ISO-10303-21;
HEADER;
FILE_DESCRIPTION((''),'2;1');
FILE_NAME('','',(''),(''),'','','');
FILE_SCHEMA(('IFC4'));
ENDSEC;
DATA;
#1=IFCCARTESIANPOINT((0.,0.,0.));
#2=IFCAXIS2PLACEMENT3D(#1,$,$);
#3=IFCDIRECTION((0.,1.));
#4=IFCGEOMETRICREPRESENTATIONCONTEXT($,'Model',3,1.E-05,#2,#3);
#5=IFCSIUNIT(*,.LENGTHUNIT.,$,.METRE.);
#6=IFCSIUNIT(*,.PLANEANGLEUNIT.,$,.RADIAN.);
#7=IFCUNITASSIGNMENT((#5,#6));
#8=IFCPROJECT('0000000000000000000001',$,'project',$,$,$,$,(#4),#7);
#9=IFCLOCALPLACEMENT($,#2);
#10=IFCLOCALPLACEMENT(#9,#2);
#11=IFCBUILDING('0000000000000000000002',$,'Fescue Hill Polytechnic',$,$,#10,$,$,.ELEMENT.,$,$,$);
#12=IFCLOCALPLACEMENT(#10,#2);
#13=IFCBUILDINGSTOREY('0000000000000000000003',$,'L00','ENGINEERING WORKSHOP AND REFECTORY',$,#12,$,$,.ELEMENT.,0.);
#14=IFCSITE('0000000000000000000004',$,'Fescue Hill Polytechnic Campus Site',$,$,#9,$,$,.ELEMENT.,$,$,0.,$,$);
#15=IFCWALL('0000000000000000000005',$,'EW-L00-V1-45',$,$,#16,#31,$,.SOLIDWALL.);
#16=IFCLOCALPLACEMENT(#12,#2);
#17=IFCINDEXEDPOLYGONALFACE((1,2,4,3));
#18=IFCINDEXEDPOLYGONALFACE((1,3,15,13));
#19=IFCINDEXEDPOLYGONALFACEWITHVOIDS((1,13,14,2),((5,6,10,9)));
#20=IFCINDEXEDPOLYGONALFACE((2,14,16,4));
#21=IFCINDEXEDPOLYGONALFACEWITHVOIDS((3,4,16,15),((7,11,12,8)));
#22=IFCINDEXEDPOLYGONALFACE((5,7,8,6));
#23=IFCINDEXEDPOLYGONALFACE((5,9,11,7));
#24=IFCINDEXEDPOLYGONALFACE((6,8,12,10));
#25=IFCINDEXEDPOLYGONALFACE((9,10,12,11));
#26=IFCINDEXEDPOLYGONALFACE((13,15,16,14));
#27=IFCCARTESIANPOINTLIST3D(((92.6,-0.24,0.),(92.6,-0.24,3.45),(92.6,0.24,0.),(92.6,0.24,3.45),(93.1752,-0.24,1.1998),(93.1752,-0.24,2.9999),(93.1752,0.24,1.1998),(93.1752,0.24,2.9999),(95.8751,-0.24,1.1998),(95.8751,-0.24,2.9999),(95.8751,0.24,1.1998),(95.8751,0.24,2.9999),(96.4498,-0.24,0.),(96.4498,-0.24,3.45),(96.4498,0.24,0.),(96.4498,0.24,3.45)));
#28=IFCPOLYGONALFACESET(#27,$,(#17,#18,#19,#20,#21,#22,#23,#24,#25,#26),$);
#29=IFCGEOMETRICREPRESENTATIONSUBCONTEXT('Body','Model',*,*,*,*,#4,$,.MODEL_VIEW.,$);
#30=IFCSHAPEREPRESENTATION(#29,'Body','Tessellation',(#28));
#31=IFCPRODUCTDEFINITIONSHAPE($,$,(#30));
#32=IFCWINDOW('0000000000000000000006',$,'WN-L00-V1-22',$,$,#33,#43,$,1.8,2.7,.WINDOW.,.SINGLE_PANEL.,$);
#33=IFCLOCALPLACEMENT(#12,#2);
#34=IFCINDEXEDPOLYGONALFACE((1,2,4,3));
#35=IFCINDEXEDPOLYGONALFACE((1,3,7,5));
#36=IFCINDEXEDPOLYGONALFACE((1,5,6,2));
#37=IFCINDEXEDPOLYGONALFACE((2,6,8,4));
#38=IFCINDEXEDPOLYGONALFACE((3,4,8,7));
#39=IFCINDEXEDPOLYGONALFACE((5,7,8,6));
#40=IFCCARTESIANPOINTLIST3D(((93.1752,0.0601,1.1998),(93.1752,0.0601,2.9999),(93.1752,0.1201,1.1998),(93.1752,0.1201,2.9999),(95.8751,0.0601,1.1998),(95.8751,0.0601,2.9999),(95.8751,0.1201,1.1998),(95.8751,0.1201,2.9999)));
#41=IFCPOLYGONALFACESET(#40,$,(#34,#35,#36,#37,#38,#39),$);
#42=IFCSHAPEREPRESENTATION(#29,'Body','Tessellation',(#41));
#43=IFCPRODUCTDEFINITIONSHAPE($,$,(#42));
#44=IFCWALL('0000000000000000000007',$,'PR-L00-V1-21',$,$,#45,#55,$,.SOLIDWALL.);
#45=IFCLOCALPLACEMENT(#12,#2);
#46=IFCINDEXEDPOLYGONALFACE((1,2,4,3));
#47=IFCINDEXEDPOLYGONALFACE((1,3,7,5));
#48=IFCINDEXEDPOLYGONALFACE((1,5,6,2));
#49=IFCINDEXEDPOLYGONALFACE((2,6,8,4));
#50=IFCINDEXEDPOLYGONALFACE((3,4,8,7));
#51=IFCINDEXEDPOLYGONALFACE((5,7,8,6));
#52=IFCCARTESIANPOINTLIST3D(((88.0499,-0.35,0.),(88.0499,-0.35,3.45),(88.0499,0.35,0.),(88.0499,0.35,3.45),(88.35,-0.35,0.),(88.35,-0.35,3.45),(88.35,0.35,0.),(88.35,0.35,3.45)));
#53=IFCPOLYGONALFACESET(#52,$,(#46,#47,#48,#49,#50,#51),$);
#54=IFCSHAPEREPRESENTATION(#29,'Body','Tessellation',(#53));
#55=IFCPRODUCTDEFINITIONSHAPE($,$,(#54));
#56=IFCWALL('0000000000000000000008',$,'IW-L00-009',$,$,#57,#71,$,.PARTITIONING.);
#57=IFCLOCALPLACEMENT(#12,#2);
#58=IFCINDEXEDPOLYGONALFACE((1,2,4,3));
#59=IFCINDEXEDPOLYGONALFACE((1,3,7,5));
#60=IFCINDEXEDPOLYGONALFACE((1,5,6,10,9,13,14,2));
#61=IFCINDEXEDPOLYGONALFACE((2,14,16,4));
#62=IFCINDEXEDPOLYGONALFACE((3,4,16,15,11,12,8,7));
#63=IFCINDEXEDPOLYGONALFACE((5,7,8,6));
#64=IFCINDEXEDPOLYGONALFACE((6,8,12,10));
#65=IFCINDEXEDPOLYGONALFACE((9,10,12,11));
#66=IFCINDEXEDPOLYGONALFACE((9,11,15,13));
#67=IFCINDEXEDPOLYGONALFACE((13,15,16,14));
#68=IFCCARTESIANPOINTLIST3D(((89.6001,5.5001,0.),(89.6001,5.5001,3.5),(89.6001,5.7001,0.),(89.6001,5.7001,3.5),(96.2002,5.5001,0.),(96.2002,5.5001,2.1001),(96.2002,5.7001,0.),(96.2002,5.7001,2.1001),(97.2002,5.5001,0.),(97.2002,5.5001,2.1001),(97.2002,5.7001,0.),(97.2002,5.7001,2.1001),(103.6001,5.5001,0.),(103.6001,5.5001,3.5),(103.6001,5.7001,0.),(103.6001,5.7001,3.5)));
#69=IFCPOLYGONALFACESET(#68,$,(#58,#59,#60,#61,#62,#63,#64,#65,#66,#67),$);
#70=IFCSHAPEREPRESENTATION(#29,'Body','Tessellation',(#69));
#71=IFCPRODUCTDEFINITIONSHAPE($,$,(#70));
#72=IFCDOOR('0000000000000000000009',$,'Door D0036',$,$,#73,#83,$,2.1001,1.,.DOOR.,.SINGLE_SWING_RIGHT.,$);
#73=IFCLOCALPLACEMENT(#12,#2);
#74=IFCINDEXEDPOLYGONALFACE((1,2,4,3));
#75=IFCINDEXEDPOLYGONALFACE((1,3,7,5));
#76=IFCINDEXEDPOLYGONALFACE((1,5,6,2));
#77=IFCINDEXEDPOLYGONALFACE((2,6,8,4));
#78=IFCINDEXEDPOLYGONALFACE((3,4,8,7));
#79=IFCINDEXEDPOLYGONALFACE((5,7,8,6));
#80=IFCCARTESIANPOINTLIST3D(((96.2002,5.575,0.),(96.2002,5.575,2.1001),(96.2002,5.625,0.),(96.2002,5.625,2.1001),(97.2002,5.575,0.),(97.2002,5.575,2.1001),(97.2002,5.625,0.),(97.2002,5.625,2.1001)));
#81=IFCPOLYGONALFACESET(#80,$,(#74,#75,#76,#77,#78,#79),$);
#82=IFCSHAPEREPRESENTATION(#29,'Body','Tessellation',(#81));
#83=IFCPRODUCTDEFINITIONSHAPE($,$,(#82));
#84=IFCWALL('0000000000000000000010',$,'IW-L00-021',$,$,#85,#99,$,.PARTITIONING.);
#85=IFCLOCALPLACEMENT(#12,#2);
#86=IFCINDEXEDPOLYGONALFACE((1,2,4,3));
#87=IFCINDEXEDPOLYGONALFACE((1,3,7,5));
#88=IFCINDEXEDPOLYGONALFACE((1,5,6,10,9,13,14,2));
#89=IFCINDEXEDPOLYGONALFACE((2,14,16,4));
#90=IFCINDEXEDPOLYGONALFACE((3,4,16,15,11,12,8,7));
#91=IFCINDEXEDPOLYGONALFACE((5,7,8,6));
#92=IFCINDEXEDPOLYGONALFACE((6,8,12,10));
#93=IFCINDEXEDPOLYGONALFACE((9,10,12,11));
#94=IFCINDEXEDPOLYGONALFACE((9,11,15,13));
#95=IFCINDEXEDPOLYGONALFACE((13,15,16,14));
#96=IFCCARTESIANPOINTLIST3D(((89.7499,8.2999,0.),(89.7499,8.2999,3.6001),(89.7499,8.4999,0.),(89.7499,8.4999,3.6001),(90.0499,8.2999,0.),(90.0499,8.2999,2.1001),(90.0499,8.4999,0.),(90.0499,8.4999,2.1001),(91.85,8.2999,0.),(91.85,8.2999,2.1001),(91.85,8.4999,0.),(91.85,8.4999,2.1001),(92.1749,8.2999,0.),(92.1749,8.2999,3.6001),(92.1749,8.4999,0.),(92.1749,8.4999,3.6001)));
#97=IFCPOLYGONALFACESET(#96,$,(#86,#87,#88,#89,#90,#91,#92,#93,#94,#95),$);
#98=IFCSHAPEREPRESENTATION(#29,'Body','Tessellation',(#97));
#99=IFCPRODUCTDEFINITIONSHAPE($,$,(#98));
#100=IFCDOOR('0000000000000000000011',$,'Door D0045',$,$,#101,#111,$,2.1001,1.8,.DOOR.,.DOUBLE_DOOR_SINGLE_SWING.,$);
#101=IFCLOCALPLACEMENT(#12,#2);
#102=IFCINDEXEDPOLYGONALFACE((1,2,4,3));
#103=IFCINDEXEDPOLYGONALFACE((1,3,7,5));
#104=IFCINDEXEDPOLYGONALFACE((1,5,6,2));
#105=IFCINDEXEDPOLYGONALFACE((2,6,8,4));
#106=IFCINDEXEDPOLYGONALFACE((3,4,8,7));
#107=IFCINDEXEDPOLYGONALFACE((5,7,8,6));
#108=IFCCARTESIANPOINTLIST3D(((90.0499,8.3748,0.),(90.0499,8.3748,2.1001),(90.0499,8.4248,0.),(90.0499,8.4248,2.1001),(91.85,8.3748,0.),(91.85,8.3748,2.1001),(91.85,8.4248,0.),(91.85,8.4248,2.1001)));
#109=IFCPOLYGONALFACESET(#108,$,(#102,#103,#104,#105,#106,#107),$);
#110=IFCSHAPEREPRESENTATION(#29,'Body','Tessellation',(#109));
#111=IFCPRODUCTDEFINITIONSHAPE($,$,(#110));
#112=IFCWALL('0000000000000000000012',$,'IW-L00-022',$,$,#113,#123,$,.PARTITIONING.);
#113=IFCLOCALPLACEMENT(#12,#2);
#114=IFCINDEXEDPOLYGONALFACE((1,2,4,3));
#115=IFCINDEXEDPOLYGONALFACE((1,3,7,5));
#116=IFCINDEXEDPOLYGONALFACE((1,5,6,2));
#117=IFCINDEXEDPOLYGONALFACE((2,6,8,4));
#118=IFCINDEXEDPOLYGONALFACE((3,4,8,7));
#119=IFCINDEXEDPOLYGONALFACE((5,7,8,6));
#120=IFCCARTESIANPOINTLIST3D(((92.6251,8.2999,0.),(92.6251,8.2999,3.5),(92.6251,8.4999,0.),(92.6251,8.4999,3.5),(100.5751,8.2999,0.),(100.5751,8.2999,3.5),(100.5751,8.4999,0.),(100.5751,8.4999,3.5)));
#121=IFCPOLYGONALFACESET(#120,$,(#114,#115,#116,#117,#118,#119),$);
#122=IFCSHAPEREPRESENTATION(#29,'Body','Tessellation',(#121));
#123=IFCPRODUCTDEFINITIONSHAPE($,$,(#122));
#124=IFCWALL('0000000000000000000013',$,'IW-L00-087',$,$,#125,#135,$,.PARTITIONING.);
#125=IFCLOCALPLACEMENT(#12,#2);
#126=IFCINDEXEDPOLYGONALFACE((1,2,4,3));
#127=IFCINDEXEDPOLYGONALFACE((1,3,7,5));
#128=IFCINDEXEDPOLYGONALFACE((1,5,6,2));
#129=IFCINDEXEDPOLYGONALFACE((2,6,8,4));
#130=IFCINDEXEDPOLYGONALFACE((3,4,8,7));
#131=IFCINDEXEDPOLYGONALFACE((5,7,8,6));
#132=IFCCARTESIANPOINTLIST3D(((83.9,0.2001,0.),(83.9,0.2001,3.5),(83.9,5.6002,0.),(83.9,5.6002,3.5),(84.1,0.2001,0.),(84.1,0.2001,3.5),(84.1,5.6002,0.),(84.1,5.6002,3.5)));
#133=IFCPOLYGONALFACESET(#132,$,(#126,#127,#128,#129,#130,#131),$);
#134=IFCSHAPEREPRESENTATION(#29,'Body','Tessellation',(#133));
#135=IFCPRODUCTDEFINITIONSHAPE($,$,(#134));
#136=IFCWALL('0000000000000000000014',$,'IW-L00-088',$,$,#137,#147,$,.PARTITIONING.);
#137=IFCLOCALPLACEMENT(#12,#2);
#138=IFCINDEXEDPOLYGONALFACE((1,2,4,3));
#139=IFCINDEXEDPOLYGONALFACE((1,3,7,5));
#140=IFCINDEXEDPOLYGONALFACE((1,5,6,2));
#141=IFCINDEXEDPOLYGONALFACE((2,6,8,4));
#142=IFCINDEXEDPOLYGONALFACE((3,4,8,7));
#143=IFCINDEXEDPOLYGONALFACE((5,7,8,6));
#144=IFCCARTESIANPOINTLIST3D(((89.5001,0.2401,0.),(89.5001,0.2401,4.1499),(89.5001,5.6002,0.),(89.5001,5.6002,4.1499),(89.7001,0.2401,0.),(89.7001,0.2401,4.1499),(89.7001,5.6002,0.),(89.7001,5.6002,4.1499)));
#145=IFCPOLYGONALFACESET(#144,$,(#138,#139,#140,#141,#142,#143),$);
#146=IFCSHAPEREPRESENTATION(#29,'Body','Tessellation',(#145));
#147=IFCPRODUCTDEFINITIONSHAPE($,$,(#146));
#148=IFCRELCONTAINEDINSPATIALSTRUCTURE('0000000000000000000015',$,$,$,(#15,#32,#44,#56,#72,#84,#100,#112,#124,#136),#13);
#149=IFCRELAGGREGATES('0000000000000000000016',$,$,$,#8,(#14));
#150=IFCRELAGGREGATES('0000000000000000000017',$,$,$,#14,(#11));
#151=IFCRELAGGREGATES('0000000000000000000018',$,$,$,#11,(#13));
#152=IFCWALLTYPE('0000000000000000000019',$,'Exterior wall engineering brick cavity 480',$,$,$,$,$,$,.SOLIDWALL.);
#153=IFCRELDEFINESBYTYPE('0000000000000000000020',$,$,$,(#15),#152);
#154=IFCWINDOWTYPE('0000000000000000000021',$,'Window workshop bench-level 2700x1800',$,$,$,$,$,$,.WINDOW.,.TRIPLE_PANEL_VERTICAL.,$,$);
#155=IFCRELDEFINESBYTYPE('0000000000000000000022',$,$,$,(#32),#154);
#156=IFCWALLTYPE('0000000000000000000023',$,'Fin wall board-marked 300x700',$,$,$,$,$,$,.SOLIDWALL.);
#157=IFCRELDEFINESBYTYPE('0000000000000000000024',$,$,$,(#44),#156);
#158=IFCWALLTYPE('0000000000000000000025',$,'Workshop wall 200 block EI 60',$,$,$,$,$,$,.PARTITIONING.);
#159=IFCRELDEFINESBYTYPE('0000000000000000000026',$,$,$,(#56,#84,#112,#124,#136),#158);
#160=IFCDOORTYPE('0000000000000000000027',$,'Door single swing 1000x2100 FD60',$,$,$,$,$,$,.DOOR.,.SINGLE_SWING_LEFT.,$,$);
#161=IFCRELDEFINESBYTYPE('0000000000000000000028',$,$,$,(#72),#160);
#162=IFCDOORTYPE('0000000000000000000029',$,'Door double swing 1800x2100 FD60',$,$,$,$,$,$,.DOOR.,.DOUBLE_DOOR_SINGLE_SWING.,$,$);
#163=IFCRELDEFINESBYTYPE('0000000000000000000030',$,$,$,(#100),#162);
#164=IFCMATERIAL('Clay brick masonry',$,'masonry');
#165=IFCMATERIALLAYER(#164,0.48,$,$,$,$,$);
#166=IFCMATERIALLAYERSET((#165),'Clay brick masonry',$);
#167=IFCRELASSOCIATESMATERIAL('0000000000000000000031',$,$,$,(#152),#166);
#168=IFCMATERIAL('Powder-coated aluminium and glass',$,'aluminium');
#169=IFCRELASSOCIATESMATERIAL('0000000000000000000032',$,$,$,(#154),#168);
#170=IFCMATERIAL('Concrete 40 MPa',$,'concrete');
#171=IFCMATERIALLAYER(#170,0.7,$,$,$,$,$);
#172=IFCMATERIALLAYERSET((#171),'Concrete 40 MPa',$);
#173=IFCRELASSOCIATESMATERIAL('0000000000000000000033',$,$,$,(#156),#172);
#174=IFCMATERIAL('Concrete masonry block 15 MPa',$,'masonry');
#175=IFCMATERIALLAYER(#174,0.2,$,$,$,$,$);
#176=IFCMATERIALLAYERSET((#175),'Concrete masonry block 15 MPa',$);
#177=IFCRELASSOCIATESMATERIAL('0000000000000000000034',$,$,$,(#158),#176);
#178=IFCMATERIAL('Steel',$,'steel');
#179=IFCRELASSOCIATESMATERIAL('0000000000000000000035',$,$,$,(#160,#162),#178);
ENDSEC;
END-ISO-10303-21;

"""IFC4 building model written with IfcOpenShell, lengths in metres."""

from ifc_helpers import new_model, si_unit, direction, frame, frame_2d, origin, place, context, subcontext, project, spatial, rectangle, extrude, material, layer, layer_set, type_object, element, fill, save


model = new_model("IFC4")

# Units and contexts
model_context = context("Model", 3, precision=1e-05, world=origin(), true_north=direction((0.0, 1.0)))
body_context = subcontext(model_context, "Body", "Model", "MODEL_VIEW")
ifc_project = project(units=[si_unit("LENGTHUNIT", "METRE"), si_unit("PLANEANGLEUNIT", "RADIAN")], contexts=[model_context])

# Site, building, storey
site_placement = place(None, origin())
site = spatial("IfcSite", under=ifc_project, at=site_placement, Name="Fescue Hill Polytechnic Campus Site", CompositionType="ELEMENT", RefElevation=0.0)
building_placement = place(site_placement, origin())
building = spatial("IfcBuilding", under=site, at=building_placement, Name="Fescue Hill Polytechnic", CompositionType="ELEMENT")
storey_placement = place(building_placement, origin())
storey = spatial("IfcBuildingStorey", under=building, at=storey_placement, Name="L00", Description="ENGINEERING WORKSHOP AND REFECTORY", CompositionType="ELEMENT", Elevation=0.0)

# Shared definitions
ifc_material_1 = material(Name="Concrete 40 MPa", Category="concrete")

# Shared definitions
ifc_material_2 = material(Name="Clay brick masonry", Category="masonry")
ifc_layer_1 = layer(ifc_material_2, 0.48)
ifc_layer_set_1 = layer_set([ifc_layer_1], Name="Clay brick masonry")
wall_type_1 = type_object("IfcWallType", Name="Exterior wall engineering brick cavity 480", PredefinedType="SOLIDWALL", material=ifc_layer_set_1)

# Wall, opening, window
wall_1_placement = place(storey_placement, frame((92.6001, 0.0, 0.0), z_axis=(0.0, 0.0, 1.0), x_axis=(1.0, 0.0, 0.0)))
wall_1 = element("IfcWall", 1, at=wall_1_placement, inside=storey, type_object=wall_type_1, Name="EW-L00-V1-45", PredefinedType="SOLIDWALL", context=body_context, shape_type="SweptSolid", body=[
    extrude(rectangle(XDim=3.8499, YDim=0.48, at=frame_2d((1.9248, 0.0))), origin(), (0.0, 0.0, 1.0), 3.45),
])
opening_1_placement = place(wall_1_placement, frame((0.575, 0.0, 1.2)))
opening_1 = element("IfcOpeningElement", 2, at=opening_1_placement, cuts=wall_1, PredefinedType="OPENING", context=body_context, shape_type="SweptSolid", body=[
    extrude(rectangle(XDim=2.7, YDim=1.8, at=frame_2d((1.3501, 0.8999))), frame((0.0, 0.25, 0.0), z_axis=(0.0, -1.0, 0.0), x_axis=(1.0, 0.0, 0.0)), (0.0, 0.0, 1.0), 0.5),
])
ifc_material_3 = material(Name="Powder-coated aluminium and glass", Category="aluminium")
window_type = type_object("IfcWindowType", Name="Window workshop bench-level 2700x1800", PartitioningType="TRIPLE_PANEL_VERTICAL", PredefinedType="WINDOW", material=ifc_material_3)
window_placement = place(opening_1_placement, origin())
window = element("IfcWindow", 3, at=window_placement, inside=storey, type_object=window_type, Name="WN-L00-V1-22", OverallHeight=1.8, OverallWidth=2.7, PartitioningType="SINGLE_PANEL", PredefinedType="WINDOW", context=body_context, shape_type="SweptSolid", body=[
    extrude(rectangle(XDim=2.7, YDim=1.8, at=frame_2d((1.3501, 0.8999))), frame((0.0, 0.1201, 0.0), z_axis=(0.0, -1.0, 0.0), x_axis=(1.0, 0.0, 0.0)), (0.0, 0.0, 1.0), 0.0601),
])
fill(opening_1, window)

# Wall
ifc_layer_2 = layer(ifc_material_1, 0.7)
ifc_layer_set_2 = layer_set([ifc_layer_2], Name="Concrete 40 MPa")
wall_type_2 = type_object("IfcWallType", Name="Fin wall board-marked 300x700", PredefinedType="SOLIDWALL", material=ifc_layer_set_2)
wall_2_placement = place(storey_placement, frame((88.05, 0.0, 0.0), z_axis=(0.0, 0.0, 1.0), x_axis=(1.0, 0.0, 0.0)))
element("IfcWall", 4, at=wall_2_placement, inside=storey, type_object=wall_type_2, Name="PR-L00-V1-21", PredefinedType="SOLIDWALL", context=body_context, shape_type="SweptSolid", body=[
    extrude(rectangle(XDim=0.3, YDim=0.7, at=frame_2d((0.1499, 0.0))), origin(), (0.0, 0.0, 1.0), 3.45),
])

# Walls, openings, doors
ifc_material_4 = material(Name="Concrete masonry block 15 MPa", Category="masonry")
ifc_layer_3 = layer(ifc_material_4, 0.2)
ifc_layer_set_3 = layer_set([ifc_layer_3], Name="Concrete masonry block 15 MPa")
wall_type_3 = type_object("IfcWallType", Name="Workshop wall 200 block EI 60", PredefinedType="PARTITIONING", material=ifc_layer_set_3)
wall_3_placement = place(storey_placement, frame((89.6001, 5.6001, 0.0), z_axis=(0.0, 0.0, 1.0), x_axis=(1.0, 0.0, 0.0)))
wall_3 = element("IfcWall", 5, at=wall_3_placement, inside=storey, type_object=wall_type_3, Name="IW-L00-009", PredefinedType="PARTITIONING", context=body_context, shape_type="SweptSolid", body=[
    extrude(rectangle(XDim=14.0, YDim=0.2, at=frame_2d((7.0, 0.0))), origin(), (0.0, 0.0, 1.0), 3.5),
])
opening_2_placement = place(wall_3_placement, frame((6.6001, 0.0, 0.0)))
opening_2 = element("IfcOpeningElement", 6, at=opening_2_placement, cuts=wall_3, PredefinedType="OPENING", context=body_context, shape_type="SweptSolid", body=[
    extrude(rectangle(XDim=1.0, YDim=2.1001, at=frame_2d((0.5, 1.05))), frame((0.0, 0.1099, 0.0), z_axis=(0.0, -1.0, 0.0), x_axis=(1.0, 0.0, 0.0)), (0.0, 0.0, 1.0), 0.22),
])
ifc_material_5 = material(Name="Steel", Category="steel")
door_type_1 = type_object("IfcDoorType", Name="Door single swing 1000x2100 FD60", OperationType="SINGLE_SWING_LEFT", PredefinedType="DOOR", material=ifc_material_5)
door_1_placement = place(opening_2_placement, origin())
door_1 = element("IfcDoor", 7, at=door_1_placement, inside=storey, type_object=door_type_1, Name="Door D0036", OperationType="SINGLE_SWING_RIGHT", OverallHeight=2.1001, OverallWidth=1.0, PredefinedType="DOOR", context=body_context, shape_type="SweptSolid", body=[
    extrude(rectangle(XDim=1.0, YDim=2.1001, at=frame_2d((0.5, 1.05))), frame((0.0, 0.0249, 0.0), z_axis=(0.0, -1.0, 0.0), x_axis=(1.0, 0.0, 0.0)), (0.0, 0.0, 1.0), 0.05),
])
fill(opening_2, door_1)
wall_4_placement = place(storey_placement, frame((89.75, 8.3999, 0.0), z_axis=(0.0, 0.0, 1.0), x_axis=(1.0, 0.0, 0.0)))
wall_4 = element("IfcWall", 8, at=wall_4_placement, inside=storey, type_object=wall_type_3, Name="IW-L00-021", PredefinedType="PARTITIONING", context=body_context, shape_type="SweptSolid", body=[
    extrude(rectangle(XDim=2.425, YDim=0.2, at=frame_2d((1.2124, 0.0))), origin(), (0.0, 0.0, 1.0), 3.6001),
])
opening_3_placement = place(wall_4_placement, frame((0.3, 0.0, 0.0)))
opening_3 = element("IfcOpeningElement", 9, at=opening_3_placement, cuts=wall_4, PredefinedType="OPENING", context=body_context, shape_type="SweptSolid", body=[
    extrude(rectangle(XDim=1.8, YDim=2.1001, at=frame_2d((0.8999, 1.05))), frame((0.0, 0.1099, 0.0), z_axis=(0.0, -1.0, 0.0), x_axis=(1.0, 0.0, 0.0)), (0.0, 0.0, 1.0), 0.22),
])
door_type_2 = type_object("IfcDoorType", Name="Door double swing 1800x2100 FD60", OperationType="DOUBLE_DOOR_SINGLE_SWING", PredefinedType="DOOR", material=ifc_material_5)
door_2_placement = place(opening_3_placement, origin())
door_2 = element("IfcDoor", 10, at=door_2_placement, inside=storey, type_object=door_type_2, Name="Door D0045", OperationType="DOUBLE_DOOR_SINGLE_SWING", OverallHeight=2.1001, OverallWidth=1.8, PredefinedType="DOOR", context=body_context, shape_type="SweptSolid", body=[
    extrude(rectangle(XDim=1.8, YDim=2.1001, at=frame_2d((0.8999, 1.05))), frame((0.0, 0.0249, 0.0), z_axis=(0.0, -1.0, 0.0), x_axis=(1.0, 0.0, 0.0)), (0.0, 0.0, 1.0), 0.05),
])
fill(opening_3, door_2)

# Walls
wall_5_placement = place(storey_placement, frame((92.625, 8.3999, 0.0), z_axis=(0.0, 0.0, 1.0), x_axis=(1.0, 0.0, 0.0)))
element("IfcWall", 11, at=wall_5_placement, inside=storey, type_object=wall_type_3, Name="IW-L00-022", PredefinedType="PARTITIONING", context=body_context, shape_type="SweptSolid", body=[
    extrude(rectangle(XDim=7.95, YDim=0.2, at=frame_2d((3.9751, 0.0))), origin(), (0.0, 0.0, 1.0), 3.5),
])
wall_6_placement = place(storey_placement, frame((84.0, 0.2, 0.0), z_axis=(0.0, 0.0, 1.0), x_axis=(0.0, 1.0, 0.0)))
element("IfcWall", 12, at=wall_6_placement, inside=storey, type_object=wall_type_3, Name="IW-L00-087", PredefinedType="PARTITIONING", context=body_context, shape_type="SweptSolid", body=[
    extrude(rectangle(XDim=5.4001, YDim=0.2, at=frame_2d((2.7002, 0.0))), origin(), (0.0, 0.0, 1.0), 3.5),
])
wall_7_placement = place(storey_placement, frame((89.6001, 0.24, 0.0), z_axis=(0.0, 0.0, 1.0), x_axis=(0.0, 1.0, 0.0)))
element("IfcWall", 13, at=wall_7_placement, inside=storey, type_object=wall_type_3, Name="IW-L00-088", PredefinedType="PARTITIONING", context=body_context, shape_type="SweptSolid", body=[
    extrude(rectangle(XDim=5.3601, YDim=0.2, at=frame_2d((2.6802, 0.0))), origin(), (0.0, 0.0, 1.0), 4.1499),
])

save(model, "model.ifc")
